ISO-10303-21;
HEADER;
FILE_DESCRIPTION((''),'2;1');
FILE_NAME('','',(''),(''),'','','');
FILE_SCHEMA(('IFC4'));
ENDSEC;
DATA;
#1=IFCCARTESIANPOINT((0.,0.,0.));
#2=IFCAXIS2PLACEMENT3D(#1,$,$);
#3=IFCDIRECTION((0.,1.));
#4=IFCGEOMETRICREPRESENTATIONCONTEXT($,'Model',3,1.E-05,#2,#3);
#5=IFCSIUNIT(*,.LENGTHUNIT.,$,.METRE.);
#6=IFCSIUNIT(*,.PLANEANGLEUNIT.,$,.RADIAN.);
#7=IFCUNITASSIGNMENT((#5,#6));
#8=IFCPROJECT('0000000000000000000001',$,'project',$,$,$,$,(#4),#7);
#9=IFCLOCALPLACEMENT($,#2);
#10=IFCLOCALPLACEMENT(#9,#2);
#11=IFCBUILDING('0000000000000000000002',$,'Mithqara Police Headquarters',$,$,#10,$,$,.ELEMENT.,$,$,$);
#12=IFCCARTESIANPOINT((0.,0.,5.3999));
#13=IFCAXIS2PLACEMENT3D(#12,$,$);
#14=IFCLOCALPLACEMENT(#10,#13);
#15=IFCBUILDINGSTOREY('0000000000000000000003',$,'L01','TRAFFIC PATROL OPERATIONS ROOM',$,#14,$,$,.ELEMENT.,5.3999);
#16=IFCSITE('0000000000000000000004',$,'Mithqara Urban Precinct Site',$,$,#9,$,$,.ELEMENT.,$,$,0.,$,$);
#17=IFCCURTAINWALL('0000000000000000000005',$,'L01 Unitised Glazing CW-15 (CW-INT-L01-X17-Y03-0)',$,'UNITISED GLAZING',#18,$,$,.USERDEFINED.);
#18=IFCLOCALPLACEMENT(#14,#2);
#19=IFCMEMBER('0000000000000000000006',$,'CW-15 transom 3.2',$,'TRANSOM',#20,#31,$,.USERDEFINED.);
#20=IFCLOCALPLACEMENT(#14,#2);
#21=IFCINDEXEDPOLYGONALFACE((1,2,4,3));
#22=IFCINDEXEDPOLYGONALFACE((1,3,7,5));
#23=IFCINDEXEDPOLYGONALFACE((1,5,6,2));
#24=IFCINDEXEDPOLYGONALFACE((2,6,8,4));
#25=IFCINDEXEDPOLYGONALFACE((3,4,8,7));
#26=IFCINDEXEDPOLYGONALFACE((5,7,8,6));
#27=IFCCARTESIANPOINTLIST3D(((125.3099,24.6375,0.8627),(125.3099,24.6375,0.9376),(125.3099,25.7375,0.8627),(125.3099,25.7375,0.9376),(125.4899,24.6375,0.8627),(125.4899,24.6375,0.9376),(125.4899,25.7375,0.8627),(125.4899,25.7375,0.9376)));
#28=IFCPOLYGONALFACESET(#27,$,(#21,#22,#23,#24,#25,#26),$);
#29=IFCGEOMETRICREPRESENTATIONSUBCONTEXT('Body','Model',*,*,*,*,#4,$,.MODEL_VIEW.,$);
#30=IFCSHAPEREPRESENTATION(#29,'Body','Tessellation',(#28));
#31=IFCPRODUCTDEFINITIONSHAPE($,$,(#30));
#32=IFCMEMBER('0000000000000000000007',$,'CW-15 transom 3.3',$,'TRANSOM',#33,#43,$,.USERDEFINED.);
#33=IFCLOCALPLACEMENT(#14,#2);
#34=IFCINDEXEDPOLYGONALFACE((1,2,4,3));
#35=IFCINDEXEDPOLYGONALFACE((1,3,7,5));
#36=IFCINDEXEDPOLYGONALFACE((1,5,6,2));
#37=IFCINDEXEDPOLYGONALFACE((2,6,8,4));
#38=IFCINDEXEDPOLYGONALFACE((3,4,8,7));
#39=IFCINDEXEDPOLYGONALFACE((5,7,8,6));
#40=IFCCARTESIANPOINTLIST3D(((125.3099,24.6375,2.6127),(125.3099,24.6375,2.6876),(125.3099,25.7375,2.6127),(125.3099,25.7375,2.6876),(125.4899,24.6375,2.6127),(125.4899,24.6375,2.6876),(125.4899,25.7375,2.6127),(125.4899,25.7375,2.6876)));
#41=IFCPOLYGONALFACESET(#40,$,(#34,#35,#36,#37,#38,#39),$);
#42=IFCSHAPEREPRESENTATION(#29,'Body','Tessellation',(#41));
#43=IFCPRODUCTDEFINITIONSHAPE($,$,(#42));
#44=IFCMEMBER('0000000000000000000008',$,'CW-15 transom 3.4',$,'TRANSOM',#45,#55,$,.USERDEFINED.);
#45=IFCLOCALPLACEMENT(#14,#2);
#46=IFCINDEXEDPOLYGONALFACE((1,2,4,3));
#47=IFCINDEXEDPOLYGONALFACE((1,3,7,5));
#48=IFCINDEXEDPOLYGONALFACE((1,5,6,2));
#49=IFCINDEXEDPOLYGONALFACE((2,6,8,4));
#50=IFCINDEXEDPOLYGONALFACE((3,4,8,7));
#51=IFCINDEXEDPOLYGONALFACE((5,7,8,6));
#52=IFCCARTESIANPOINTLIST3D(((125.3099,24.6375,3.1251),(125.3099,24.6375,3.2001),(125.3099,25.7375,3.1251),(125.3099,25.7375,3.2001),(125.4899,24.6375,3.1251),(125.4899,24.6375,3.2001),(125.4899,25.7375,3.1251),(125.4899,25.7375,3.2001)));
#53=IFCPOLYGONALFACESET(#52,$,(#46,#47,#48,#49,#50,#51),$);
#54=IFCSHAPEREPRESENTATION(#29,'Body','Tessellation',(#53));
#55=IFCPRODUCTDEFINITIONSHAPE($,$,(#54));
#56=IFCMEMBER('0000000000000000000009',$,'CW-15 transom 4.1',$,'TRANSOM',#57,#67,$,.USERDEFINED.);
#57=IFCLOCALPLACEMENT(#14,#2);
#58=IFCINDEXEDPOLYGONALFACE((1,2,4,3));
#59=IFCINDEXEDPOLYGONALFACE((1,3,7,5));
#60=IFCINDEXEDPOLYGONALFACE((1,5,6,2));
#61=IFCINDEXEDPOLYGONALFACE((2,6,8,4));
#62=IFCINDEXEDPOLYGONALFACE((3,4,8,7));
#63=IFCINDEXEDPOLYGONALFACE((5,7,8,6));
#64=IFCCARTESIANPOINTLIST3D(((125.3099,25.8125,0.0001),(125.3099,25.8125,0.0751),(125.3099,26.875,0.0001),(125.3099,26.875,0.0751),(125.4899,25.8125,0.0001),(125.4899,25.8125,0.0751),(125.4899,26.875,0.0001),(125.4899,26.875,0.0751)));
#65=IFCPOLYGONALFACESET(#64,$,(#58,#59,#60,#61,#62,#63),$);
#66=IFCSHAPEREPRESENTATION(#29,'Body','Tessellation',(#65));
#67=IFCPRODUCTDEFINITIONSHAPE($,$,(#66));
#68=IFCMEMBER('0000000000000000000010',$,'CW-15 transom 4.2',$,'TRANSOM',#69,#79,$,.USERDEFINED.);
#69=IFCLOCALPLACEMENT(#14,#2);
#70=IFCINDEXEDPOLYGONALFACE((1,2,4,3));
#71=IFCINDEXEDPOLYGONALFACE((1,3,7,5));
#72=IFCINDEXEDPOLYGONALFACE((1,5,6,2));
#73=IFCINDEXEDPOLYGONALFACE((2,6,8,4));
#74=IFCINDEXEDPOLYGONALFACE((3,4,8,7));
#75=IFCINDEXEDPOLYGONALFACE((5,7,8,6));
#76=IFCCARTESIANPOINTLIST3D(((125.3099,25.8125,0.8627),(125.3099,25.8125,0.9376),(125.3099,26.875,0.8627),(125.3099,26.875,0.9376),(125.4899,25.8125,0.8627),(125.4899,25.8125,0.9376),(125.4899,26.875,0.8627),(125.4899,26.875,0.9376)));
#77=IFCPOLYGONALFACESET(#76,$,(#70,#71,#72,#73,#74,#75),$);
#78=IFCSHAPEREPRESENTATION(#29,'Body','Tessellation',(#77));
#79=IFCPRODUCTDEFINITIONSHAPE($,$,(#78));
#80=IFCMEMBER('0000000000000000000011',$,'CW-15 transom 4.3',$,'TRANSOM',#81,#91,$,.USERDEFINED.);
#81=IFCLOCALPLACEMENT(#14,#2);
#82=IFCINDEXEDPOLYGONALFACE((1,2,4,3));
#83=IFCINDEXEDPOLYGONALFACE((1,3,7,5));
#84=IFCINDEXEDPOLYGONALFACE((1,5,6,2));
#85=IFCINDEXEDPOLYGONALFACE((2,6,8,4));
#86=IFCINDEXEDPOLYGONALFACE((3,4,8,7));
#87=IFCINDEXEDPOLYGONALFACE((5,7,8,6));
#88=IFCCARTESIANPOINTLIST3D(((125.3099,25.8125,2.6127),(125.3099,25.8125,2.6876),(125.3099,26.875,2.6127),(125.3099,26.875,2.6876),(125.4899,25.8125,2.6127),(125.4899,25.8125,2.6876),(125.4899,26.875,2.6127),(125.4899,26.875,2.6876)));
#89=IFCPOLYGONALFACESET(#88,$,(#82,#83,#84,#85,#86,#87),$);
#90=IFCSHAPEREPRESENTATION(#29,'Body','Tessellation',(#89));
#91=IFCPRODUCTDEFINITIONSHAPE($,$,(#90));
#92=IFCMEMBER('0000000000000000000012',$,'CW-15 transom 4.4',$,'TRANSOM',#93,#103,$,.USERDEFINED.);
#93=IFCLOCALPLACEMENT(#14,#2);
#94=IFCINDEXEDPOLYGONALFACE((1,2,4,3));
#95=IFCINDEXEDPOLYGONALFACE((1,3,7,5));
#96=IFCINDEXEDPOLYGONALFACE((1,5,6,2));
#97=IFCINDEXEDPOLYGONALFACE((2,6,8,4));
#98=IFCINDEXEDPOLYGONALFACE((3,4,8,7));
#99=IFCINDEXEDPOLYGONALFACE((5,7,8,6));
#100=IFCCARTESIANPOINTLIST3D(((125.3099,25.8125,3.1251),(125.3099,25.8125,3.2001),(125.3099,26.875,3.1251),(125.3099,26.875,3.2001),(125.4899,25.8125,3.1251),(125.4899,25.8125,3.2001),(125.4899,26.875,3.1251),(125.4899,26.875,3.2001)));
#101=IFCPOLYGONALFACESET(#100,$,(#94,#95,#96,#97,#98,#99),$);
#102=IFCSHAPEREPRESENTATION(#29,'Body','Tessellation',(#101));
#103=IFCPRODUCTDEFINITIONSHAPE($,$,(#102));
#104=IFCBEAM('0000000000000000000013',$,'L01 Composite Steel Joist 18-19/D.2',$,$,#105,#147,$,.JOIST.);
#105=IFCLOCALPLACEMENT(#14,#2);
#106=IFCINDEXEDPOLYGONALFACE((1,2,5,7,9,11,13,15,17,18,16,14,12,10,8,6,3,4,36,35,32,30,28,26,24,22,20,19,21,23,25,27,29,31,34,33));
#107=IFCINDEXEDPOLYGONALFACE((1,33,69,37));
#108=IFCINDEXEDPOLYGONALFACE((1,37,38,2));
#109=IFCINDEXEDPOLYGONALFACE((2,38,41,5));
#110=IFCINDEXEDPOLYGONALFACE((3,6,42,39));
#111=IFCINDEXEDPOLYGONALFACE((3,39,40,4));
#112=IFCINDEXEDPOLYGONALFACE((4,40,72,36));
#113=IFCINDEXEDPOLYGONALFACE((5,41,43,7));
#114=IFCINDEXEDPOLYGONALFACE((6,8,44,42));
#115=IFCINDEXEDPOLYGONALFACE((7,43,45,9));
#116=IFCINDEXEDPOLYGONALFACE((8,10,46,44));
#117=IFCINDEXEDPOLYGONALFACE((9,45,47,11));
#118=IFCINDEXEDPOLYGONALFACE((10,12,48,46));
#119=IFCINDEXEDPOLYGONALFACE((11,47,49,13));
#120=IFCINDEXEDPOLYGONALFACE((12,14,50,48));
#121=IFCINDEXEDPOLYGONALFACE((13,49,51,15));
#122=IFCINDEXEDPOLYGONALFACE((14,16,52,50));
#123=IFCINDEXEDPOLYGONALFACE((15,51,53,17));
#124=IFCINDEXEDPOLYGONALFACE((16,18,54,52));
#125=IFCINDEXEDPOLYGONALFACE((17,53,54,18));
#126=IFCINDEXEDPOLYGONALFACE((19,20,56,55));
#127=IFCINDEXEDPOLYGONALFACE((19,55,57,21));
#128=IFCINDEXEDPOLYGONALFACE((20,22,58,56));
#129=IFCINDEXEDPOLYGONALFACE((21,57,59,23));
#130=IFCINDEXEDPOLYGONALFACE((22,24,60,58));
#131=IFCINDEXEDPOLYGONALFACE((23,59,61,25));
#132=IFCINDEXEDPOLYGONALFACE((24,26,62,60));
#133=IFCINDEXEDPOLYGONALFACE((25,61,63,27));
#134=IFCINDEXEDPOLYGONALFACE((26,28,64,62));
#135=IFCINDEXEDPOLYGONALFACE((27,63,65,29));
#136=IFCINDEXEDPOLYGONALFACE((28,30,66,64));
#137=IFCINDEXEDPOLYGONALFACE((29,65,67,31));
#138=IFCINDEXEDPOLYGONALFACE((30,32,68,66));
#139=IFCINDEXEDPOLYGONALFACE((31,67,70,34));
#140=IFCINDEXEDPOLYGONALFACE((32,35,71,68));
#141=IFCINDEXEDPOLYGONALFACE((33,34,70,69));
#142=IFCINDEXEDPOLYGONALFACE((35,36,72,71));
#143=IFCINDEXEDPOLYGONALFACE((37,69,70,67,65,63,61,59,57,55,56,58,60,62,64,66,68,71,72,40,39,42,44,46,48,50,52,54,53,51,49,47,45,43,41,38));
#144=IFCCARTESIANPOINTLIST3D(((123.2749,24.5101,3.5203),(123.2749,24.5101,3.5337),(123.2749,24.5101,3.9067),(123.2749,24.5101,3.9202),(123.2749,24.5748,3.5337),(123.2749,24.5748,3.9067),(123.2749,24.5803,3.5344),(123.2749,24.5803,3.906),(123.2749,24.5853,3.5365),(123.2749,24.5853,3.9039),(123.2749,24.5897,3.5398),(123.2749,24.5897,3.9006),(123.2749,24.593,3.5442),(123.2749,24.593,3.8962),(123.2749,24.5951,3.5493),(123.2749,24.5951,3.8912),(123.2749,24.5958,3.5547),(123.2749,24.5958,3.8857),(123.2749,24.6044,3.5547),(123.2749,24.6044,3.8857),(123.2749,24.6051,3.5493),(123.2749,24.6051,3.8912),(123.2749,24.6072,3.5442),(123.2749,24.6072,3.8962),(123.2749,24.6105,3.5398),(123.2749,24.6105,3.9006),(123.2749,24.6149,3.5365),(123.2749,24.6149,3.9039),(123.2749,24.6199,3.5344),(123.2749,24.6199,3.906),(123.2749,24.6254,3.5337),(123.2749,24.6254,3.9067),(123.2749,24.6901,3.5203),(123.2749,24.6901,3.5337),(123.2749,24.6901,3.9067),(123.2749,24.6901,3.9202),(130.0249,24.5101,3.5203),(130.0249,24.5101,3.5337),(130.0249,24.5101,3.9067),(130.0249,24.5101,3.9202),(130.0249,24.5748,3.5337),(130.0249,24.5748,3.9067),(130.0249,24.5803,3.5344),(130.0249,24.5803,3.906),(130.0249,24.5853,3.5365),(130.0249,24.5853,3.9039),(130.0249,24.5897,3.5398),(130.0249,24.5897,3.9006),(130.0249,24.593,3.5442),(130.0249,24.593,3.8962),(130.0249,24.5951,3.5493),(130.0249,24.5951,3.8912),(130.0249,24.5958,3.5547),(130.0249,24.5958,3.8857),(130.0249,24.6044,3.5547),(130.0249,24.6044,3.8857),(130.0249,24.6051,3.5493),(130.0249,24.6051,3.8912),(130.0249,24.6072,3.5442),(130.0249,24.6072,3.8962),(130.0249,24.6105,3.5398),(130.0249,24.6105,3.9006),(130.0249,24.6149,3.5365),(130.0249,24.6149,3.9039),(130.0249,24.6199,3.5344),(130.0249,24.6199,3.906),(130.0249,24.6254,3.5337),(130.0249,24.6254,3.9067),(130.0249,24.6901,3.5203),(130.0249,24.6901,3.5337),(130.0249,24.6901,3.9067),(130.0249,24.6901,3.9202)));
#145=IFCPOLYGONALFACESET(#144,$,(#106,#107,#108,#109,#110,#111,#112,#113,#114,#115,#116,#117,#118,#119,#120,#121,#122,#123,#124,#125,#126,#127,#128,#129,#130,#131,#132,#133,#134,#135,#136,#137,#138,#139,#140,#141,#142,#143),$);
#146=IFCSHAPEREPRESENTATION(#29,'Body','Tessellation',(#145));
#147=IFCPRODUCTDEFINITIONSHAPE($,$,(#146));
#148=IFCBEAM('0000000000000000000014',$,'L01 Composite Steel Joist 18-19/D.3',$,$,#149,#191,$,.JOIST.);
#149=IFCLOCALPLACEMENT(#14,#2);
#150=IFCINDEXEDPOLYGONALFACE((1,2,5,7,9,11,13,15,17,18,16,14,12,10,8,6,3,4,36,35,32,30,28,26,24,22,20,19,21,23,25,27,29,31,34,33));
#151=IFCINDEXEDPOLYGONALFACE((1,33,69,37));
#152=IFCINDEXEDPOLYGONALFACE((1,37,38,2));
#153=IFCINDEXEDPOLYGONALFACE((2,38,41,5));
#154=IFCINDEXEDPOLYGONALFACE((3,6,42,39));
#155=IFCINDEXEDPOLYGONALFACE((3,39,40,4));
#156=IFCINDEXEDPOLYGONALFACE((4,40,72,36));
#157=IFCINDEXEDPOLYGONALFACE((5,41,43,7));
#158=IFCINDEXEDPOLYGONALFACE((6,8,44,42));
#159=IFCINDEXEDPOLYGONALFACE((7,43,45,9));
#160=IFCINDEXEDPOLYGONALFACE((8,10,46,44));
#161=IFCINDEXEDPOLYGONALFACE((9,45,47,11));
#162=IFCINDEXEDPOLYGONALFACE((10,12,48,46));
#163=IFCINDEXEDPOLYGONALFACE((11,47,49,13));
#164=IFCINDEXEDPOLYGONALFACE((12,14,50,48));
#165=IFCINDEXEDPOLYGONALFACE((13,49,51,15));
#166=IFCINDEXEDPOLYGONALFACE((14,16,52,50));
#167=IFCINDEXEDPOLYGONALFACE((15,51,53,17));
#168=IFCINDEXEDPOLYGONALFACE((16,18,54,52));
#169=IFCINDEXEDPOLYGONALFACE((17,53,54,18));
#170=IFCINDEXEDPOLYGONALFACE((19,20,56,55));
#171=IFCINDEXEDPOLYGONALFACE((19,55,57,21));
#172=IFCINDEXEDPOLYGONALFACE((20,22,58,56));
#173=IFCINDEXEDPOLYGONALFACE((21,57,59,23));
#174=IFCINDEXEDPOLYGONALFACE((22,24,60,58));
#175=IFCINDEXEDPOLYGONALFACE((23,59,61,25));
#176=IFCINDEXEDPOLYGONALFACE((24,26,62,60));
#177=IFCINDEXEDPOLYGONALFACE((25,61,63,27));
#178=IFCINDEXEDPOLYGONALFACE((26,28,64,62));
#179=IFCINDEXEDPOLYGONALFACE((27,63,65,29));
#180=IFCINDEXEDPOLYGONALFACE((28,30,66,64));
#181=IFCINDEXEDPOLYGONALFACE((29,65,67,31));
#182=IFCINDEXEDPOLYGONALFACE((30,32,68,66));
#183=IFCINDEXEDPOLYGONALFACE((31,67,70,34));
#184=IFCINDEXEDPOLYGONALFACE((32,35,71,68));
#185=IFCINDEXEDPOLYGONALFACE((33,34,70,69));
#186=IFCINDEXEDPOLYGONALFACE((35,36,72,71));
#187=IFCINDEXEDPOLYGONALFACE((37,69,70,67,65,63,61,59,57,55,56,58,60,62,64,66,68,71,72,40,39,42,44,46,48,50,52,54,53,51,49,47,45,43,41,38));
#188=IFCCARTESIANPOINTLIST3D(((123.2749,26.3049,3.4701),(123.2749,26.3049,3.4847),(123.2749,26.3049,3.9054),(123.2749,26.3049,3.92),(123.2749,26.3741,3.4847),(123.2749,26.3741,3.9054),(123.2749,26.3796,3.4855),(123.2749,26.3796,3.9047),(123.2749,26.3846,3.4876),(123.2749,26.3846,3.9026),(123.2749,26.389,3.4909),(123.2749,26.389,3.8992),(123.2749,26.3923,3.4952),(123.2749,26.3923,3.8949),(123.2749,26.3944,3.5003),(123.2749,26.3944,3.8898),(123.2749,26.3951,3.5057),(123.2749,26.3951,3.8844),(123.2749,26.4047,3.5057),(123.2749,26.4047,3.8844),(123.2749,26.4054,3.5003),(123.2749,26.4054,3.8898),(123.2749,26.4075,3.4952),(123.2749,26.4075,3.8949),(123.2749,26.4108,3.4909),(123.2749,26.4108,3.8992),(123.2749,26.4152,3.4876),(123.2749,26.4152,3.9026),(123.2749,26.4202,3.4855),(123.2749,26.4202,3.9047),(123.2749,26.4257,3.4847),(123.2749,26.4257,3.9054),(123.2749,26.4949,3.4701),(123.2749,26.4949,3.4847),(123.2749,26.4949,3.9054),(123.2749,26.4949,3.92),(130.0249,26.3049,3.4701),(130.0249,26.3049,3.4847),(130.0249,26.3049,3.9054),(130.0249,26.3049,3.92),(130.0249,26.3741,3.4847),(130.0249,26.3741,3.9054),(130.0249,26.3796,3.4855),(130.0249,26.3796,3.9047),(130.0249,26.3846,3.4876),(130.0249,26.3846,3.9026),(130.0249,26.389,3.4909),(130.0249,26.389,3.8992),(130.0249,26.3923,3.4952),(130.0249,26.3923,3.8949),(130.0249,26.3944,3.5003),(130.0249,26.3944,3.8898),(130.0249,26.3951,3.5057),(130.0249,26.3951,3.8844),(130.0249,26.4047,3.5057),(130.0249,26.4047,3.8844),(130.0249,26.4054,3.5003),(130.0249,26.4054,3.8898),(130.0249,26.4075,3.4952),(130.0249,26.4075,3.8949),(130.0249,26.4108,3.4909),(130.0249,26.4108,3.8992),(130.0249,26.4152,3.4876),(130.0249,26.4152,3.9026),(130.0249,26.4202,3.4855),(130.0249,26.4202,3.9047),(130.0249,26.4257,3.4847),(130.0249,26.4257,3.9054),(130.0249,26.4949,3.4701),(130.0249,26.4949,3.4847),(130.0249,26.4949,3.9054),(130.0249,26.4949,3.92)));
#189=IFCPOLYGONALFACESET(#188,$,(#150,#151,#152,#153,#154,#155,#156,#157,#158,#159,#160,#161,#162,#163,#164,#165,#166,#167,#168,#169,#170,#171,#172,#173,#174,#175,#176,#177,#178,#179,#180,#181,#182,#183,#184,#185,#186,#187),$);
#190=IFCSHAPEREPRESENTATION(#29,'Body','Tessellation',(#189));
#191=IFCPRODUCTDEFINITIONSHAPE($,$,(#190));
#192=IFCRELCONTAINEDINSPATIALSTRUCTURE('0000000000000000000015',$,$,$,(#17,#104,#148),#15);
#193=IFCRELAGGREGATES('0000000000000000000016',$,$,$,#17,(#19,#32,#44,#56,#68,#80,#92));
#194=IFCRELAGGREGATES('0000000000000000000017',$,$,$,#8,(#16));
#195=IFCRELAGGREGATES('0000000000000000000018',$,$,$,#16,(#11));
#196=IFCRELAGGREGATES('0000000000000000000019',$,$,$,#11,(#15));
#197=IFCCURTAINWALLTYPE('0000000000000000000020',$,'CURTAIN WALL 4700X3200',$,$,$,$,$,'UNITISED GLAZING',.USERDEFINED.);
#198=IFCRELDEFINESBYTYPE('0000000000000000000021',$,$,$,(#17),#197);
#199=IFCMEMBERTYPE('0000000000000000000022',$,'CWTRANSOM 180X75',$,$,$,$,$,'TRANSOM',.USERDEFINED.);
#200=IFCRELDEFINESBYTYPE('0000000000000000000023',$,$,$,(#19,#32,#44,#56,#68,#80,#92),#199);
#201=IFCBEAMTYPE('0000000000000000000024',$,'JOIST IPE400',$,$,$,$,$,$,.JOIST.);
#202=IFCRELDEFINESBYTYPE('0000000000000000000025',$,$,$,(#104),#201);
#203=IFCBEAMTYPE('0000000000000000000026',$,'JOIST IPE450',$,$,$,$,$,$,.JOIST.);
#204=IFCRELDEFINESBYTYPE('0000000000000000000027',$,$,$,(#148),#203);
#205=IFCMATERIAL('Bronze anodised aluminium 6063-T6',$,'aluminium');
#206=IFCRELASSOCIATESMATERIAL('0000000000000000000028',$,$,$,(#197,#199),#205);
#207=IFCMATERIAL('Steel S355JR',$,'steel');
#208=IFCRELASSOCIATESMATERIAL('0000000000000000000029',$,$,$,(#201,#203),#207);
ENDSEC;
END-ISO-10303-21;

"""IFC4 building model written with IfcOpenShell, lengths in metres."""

from ifc_helpers import new_model, si_unit, direction, frame, origin, origin_2d, place, context, subcontext, project, spatial, rectangle, i_section, extrude, material, material_profile, profile_set, type_object, element, aggregate, save


model = new_model("IFC4")

# Units and contexts
model_context = context("Model", 3, precision=1e-05, world=origin(), true_north=direction((0.0, 1.0)))
body_context = subcontext(model_context, "Body", "Model", "MODEL_VIEW")
ifc_project = project(units=[si_unit("LENGTHUNIT", "METRE"), si_unit("PLANEANGLEUNIT", "RADIAN")], contexts=[model_context])

# Site, building, storey
site_placement = place(None, origin())
site = spatial("IfcSite", under=ifc_project, at=site_placement, Name="Mithqara Urban Precinct Site", CompositionType="ELEMENT", RefElevation=0.0)
building_placement = place(site_placement, origin())
building = spatial("IfcBuilding", under=site, at=building_placement, Name="Mithqara Police Headquarters", CompositionType="ELEMENT")
storey_placement = place(building_placement, frame((0.0, 0.0, 5.3999)))
storey = spatial("IfcBuildingStorey", under=building, at=storey_placement, Name="L01", Description="TRAFFIC PATROL OPERATIONS ROOM", CompositionType="ELEMENT", Elevation=5.3999)

# Shared definitions
ifc_material_1 = material(Name="Steel S355JR", Category="steel")

# Shared definitions
ifc_material_2 = material(Name="Bronze anodised aluminium 6063-T6", Category="aluminium")
curtain_wall_type = type_object("IfcCurtainWallType", Name="CURTAIN WALL 4700X3200", ElementType="UNITISED GLAZING", PredefinedType="USERDEFINED", material=ifc_material_2)

# Curtain wall, members
curtain_wall_1_placement = place(storey_placement, origin())
curtain_wall_1 = element("IfcCurtainWall", 1, at=curtain_wall_1_placement, inside=storey, type_object=curtain_wall_type, Name="L01 Unitised Glazing CW-15 (CW-INT-L01-X17-Y03-0)", ObjectType="UNITISED GLAZING", PredefinedType="USERDEFINED")
ifc_material_profile_1 = material_profile(ifc_material_2, rectangle(XDim=0.1799, YDim=0.075, at=origin_2d()), Name="CWT 180x75")
ifc_profile_set_1 = profile_set([ifc_material_profile_1], Name="Bronze anodised aluminium 6063-T6")
member_type_1 = type_object("IfcMemberType", Name="CWTRANSOM 180X75", ElementType="TRANSOM", PredefinedType="USERDEFINED", material=ifc_profile_set_1)
member_1_placement = place(storey_placement, frame((125.3999, 24.6375, 0.9001), z_axis=(0.0, 1.0, 0.0), x_axis=(-1.0, 0.0, 0.0)))
member_1 = element("IfcMember", 2, at=member_1_placement, type_object=member_type_1, Name="CW-15 transom 3.2", ObjectType="TRANSOM", PredefinedType="USERDEFINED", context=body_context, shape_type="SweptSolid", body=[
    extrude(rectangle(XDim=0.1799, YDim=0.075, at=origin_2d()), origin(), (0.0, 0.0, 1.0), 1.1001),
])
member_2_placement = place(storey_placement, frame((125.3999, 24.6375, 2.6501), z_axis=(0.0, 1.0, 0.0), x_axis=(-1.0, 0.0, 0.0)))
member_2 = element("IfcMember", 3, at=member_2_placement, type_object=member_type_1, Name="CW-15 transom 3.3", ObjectType="TRANSOM", PredefinedType="USERDEFINED", context=body_context, shape_type="SweptSolid", body=[
    extrude(rectangle(XDim=0.1799, YDim=0.075, at=origin_2d()), origin(), (0.0, 0.0, 1.0), 1.1001),
])
member_3_placement = place(storey_placement, frame((125.3999, 24.6375, 3.1626), z_axis=(0.0, 1.0, 0.0), x_axis=(-1.0, 0.0, 0.0)))
member_3 = element("IfcMember", 4, at=member_3_placement, type_object=member_type_1, Name="CW-15 transom 3.4", ObjectType="TRANSOM", PredefinedType="USERDEFINED", context=body_context, shape_type="SweptSolid", body=[
    extrude(rectangle(XDim=0.1799, YDim=0.075, at=origin_2d()), origin(), (0.0, 0.0, 1.0), 1.1001),
])
member_4_placement = place(storey_placement, frame((125.3999, 25.8125, 0.0376), z_axis=(0.0, 1.0, 0.0), x_axis=(-1.0, 0.0, 0.0)))
member_4 = element("IfcMember", 5, at=member_4_placement, type_object=member_type_1, Name="CW-15 transom 4.1", ObjectType="TRANSOM", PredefinedType="USERDEFINED", context=body_context, shape_type="SweptSolid", body=[
    extrude(rectangle(XDim=0.1799, YDim=0.075, at=origin_2d()), origin(), (0.0, 0.0, 1.0), 1.0625),
])
member_5_placement = place(storey_placement, frame((125.3999, 25.8125, 0.9001), z_axis=(0.0, 1.0, 0.0), x_axis=(-1.0, 0.0, 0.0)))
member_5 = element("IfcMember", 6, at=member_5_placement, type_object=member_type_1, Name="CW-15 transom 4.2", ObjectType="TRANSOM", PredefinedType="USERDEFINED", context=body_context, shape_type="SweptSolid", body=[
    extrude(rectangle(XDim=0.1799, YDim=0.075, at=origin_2d()), origin(), (0.0, 0.0, 1.0), 1.0625),
])
member_6_placement = place(storey_placement, frame((125.3999, 25.8125, 2.6501), z_axis=(0.0, 1.0, 0.0), x_axis=(-1.0, 0.0, 0.0)))
member_6 = element("IfcMember", 7, at=member_6_placement, type_object=member_type_1, Name="CW-15 transom 4.3", ObjectType="TRANSOM", PredefinedType="USERDEFINED", context=body_context, shape_type="SweptSolid", body=[
    extrude(rectangle(XDim=0.1799, YDim=0.075, at=origin_2d()), origin(), (0.0, 0.0, 1.0), 1.0625),
])
member_7_placement = place(storey_placement, frame((125.3999, 25.8125, 3.1626), z_axis=(0.0, 1.0, 0.0), x_axis=(-1.0, 0.0, 0.0)))
member_7 = element("IfcMember", 8, at=member_7_placement, type_object=member_type_1, Name="CW-15 transom 4.4", ObjectType="TRANSOM", PredefinedType="USERDEFINED", context=body_context, shape_type="SweptSolid", body=[
    extrude(rectangle(XDim=0.1799, YDim=0.075, at=origin_2d()), origin(), (0.0, 0.0, 1.0), 1.0625),
])

# Beams
ifc_material_profile_2 = material_profile(ifc_material_1, i_section(OverallWidth=0.1799, OverallDepth=0.3999, WebThickness=0.0085, FlangeThickness=0.0134, FilletRadius=0.021, at=origin_2d()), Name="IPE 400")
ifc_profile_set_2 = profile_set([ifc_material_profile_2], Name="Steel S355JR")
beam_type_1 = type_object("IfcBeamType", Name="JOIST IPE400", PredefinedType="JOIST", material=ifc_profile_set_2)
beam_1_placement = place(storey_placement, frame((123.2749, 24.6001, 3.7202), z_axis=(1.0, 0.0, 0.0), x_axis=(0.0, 1.0, 0.0)))
element("IfcBeam", 9, at=beam_1_placement, inside=storey, type_object=beam_type_1, Name="L01 Composite Steel Joist 18-19/D.2", PredefinedType="JOIST", context=body_context, shape_type="SweptSolid", body=[
    extrude(i_section(OverallWidth=0.1799, OverallDepth=0.3999, WebThickness=0.0085, FlangeThickness=0.0134, FilletRadius=0.021, at=origin_2d()), origin(), (0.0, 0.0, 1.0), 6.75),
])
ifc_material_profile_3 = material_profile(ifc_material_1, i_section(OverallWidth=0.1899, OverallDepth=0.45, WebThickness=0.0095, FlangeThickness=0.0146, FilletRadius=0.021, at=origin_2d()), Name="IPE 450")
ifc_profile_set_3 = profile_set([ifc_material_profile_3], Name="Steel S355JR")
beam_type_2 = type_object("IfcBeamType", Name="JOIST IPE450", PredefinedType="JOIST", material=ifc_profile_set_3)
beam_2_placement = place(storey_placement, frame((123.2749, 26.3999, 3.6951), z_axis=(1.0, 0.0, 0.0), x_axis=(0.0, 1.0, 0.0)))
element("IfcBeam", 10, at=beam_2_placement, inside=storey, type_object=beam_type_2, Name="L01 Composite Steel Joist 18-19/D.3", PredefinedType="JOIST", context=body_context, shape_type="SweptSolid", body=[
    extrude(i_section(OverallWidth=0.1899, OverallDepth=0.45, WebThickness=0.0095, FlangeThickness=0.0146, FilletRadius=0.021, at=origin_2d()), origin(), (0.0, 0.0, 1.0), 6.75),
])

aggregate(curtain_wall_1, [member_1, member_2, member_3, member_4, member_5, member_6, member_7])

save(model, "model.ifc")
